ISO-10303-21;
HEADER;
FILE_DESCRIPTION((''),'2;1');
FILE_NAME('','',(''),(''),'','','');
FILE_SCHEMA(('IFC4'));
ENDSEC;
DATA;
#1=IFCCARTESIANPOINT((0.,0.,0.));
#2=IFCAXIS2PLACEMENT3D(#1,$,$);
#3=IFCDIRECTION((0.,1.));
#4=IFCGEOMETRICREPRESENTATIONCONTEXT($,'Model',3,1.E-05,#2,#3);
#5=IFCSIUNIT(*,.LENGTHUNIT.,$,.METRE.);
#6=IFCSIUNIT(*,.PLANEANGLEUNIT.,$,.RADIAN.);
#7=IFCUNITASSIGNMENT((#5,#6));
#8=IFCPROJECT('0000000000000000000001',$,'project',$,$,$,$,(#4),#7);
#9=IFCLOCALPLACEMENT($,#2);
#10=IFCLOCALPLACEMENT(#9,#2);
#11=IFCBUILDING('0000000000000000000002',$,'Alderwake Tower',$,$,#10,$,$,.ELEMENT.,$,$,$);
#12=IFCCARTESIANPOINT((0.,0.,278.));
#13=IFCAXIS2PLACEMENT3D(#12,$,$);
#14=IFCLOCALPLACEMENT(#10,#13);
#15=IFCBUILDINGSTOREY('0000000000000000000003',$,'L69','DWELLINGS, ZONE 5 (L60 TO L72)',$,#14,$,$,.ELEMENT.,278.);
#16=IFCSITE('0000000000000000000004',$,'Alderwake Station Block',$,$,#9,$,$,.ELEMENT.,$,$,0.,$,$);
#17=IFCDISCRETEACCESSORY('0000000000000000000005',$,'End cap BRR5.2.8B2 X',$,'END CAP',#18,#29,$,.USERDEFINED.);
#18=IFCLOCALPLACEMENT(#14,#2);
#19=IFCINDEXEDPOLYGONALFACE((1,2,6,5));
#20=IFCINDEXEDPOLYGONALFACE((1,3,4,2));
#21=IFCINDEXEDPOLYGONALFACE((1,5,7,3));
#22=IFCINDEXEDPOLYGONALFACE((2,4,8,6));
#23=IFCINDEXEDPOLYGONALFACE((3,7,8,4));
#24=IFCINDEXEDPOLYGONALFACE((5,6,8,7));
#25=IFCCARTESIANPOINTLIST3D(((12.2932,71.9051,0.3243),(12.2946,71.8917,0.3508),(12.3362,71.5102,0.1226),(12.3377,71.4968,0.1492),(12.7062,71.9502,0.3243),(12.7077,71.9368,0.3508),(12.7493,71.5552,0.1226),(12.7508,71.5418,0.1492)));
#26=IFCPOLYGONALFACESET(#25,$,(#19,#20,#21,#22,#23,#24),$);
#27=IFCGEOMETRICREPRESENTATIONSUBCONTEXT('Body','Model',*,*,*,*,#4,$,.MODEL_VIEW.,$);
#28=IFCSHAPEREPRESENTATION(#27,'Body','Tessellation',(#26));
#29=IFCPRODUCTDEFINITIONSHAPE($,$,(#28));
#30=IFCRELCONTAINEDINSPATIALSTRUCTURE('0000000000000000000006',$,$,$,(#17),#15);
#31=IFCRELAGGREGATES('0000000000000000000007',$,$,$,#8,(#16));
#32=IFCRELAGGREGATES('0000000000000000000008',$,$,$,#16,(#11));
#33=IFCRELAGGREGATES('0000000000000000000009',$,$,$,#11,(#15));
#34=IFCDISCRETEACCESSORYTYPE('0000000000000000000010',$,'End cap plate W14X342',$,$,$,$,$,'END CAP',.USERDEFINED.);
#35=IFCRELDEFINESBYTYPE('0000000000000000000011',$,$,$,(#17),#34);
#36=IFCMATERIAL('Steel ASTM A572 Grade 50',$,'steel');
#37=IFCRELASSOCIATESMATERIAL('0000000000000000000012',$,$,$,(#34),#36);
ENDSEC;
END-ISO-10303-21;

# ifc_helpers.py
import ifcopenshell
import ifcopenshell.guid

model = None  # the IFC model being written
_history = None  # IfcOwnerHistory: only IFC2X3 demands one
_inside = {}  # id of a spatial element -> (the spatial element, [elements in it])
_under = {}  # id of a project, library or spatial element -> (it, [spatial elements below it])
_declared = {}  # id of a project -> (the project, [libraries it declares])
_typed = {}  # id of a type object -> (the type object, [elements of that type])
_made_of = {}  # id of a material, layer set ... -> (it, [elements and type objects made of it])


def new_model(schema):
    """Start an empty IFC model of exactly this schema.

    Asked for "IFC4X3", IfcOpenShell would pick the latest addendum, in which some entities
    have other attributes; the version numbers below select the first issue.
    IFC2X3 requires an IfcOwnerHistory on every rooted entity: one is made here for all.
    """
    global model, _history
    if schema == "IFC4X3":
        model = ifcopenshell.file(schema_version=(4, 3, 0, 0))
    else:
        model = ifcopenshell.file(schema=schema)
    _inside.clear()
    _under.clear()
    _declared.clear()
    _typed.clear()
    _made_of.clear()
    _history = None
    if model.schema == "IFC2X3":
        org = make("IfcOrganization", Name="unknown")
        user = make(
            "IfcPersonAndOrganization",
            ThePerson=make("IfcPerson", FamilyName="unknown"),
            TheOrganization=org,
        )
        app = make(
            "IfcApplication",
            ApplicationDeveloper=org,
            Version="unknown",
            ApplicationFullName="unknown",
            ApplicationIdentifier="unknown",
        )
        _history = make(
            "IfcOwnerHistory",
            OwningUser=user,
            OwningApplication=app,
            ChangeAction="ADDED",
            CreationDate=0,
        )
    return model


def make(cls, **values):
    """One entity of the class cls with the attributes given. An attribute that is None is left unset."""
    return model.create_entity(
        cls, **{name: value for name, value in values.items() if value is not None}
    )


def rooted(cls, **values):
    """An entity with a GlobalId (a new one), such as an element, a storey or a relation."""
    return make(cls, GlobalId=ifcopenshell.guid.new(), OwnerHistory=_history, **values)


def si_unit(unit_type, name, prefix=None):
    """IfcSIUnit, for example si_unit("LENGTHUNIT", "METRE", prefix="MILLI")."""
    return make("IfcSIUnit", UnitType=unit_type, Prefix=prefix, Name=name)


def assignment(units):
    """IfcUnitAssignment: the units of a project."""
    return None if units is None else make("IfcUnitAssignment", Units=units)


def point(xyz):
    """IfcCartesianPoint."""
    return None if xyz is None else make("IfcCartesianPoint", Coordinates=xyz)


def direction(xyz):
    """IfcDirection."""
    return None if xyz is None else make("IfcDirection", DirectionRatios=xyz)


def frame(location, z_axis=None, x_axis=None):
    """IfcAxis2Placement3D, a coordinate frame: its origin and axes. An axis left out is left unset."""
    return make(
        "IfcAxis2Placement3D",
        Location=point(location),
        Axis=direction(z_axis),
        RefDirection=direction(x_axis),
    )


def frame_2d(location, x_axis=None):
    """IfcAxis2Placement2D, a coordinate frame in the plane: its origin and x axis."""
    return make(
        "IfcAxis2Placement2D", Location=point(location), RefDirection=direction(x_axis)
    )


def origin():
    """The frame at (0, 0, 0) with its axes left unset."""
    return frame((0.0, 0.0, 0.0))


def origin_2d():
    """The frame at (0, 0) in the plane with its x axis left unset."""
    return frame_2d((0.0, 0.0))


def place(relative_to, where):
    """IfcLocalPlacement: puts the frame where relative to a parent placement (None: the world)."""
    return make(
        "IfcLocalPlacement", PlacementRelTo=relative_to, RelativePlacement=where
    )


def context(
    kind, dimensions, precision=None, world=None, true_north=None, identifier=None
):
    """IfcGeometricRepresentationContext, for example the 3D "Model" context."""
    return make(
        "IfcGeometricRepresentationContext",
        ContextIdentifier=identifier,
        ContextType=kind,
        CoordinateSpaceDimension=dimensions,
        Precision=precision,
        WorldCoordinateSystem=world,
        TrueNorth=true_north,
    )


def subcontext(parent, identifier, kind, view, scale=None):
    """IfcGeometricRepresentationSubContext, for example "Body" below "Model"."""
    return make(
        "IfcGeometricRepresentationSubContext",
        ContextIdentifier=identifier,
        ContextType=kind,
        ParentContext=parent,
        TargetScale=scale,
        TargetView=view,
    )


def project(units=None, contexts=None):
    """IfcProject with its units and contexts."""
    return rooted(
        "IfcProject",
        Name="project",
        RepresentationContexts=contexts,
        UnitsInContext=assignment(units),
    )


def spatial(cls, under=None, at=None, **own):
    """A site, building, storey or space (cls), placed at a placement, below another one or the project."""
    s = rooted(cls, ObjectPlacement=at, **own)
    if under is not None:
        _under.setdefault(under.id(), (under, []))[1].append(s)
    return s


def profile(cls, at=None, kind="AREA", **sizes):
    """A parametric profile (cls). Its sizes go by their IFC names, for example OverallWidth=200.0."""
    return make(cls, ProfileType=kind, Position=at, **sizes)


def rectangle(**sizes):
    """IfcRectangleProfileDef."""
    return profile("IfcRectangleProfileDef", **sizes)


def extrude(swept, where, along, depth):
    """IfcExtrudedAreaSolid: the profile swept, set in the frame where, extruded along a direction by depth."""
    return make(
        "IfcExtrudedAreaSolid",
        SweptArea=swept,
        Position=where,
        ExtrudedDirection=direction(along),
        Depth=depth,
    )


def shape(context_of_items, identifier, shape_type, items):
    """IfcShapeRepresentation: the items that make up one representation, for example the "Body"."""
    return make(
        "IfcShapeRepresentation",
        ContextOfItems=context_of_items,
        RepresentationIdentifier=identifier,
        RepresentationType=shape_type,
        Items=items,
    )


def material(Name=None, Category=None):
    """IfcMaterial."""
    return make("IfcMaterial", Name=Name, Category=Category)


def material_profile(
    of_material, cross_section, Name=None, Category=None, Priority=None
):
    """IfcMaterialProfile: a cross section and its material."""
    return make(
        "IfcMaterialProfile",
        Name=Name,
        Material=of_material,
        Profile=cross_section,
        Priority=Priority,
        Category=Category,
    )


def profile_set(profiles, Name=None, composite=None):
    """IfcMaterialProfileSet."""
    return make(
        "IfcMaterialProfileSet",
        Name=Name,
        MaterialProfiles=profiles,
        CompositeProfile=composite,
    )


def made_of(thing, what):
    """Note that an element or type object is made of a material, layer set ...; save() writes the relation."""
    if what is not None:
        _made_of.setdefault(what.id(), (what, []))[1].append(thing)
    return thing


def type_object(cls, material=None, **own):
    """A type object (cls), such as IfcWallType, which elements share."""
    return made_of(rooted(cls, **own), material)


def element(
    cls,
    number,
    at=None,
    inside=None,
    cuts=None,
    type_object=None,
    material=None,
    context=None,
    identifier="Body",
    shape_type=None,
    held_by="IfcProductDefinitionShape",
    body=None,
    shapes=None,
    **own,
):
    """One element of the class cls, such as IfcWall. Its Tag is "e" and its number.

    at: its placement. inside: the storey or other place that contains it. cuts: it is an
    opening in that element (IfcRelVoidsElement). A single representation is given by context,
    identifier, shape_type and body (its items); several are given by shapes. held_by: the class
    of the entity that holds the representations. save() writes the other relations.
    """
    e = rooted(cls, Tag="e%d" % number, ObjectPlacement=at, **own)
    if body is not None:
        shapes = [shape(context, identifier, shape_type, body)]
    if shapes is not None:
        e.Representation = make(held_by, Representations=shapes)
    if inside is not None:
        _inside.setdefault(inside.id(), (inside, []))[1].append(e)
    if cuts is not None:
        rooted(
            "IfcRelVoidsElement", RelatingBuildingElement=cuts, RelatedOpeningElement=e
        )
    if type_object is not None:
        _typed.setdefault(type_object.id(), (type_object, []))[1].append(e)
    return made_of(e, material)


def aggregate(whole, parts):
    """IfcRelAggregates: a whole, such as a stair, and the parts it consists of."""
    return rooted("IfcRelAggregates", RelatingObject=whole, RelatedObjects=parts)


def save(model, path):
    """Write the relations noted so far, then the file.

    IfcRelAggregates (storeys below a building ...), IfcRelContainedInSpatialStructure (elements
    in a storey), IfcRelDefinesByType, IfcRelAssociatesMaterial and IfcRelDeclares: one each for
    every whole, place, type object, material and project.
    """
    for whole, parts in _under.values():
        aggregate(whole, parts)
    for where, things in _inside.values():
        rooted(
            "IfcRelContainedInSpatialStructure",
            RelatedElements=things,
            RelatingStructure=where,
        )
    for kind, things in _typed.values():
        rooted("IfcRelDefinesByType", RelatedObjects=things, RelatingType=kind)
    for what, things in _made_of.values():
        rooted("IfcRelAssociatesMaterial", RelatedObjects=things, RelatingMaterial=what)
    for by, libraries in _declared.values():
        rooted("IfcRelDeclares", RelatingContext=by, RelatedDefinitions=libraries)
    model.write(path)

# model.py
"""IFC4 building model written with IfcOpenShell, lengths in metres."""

from ifc_helpers import new_model, si_unit, direction, frame, origin, origin_2d, place, context, subcontext, project, spatial, rectangle, extrude, material, material_profile, profile_set, type_object, element, save


model = new_model("IFC4")

# Units and contexts
model_context = context("Model", 3, precision=1e-05, world=origin(), true_north=direction((0.0, 1.0)))
body_context = subcontext(model_context, "Body", "Model", "MODEL_VIEW")
ifc_project = project(units=[si_unit("LENGTHUNIT", "METRE"), si_unit("PLANEANGLEUNIT", "RADIAN")], contexts=[model_context])

# Site, building, storey
site_placement = place(None, origin())
site = spatial("IfcSite", under=ifc_project, at=site_placement, Name="Alderwake Station Block", CompositionType="ELEMENT", RefElevation=0.0)
building_placement = place(site_placement, origin())
building = spatial("IfcBuilding", under=site, at=building_placement, Name="Alderwake Tower", CompositionType="ELEMENT")
storey_placement = place(building_placement, frame((0.0, 0.0, 278.0)))
storey = spatial("IfcBuildingStorey", under=building, at=storey_placement, Name="L69", Description="DWELLINGS, ZONE 5 (L60 TO L72)", CompositionType="ELEMENT", Elevation=278.0)

# Discrete accessory
ifc_material_1 = material(Name="Steel ASTM A572 Grade 50", Category="steel")
ifc_material_profile_1 = material_profile(ifc_material_1, rectangle(XDim=0.4155, YDim=0.4456, at=origin_2d()), Name="W14X342 cap")
ifc_profile_set_1 = profile_set([ifc_material_profile_1], Name="Steel ASTM A572 Grade 50")
discrete_accessory_type = type_object("IfcDiscreteAccessoryType", Name="End cap plate W14X342", ElementType="END CAP", PredefinedType="USERDEFINED", material=ifc_profile_set_1)
discrete_accessory_placement = place(storey_placement, frame((12.5227, 71.7168, 0.25), z_axis=(-0.049085, 0.449944, -0.891707), x_axis=(-0.994102, -0.108448, 0.0)))
element("IfcDiscreteAccessory", 1, at=discrete_accessory_placement, inside=storey, type_object=discrete_accessory_type, Name="End cap BRR5.2.8B2 X", ObjectType="END CAP", PredefinedType="USERDEFINED", context=body_context, shape_type="SweptSolid", body=[
    extrude(rectangle(XDim=0.4155, YDim=0.4456, at=origin_2d()), origin(), (0.0, 0.0, 1.0), 0.0298),
])

save(model, "model.ifc")
